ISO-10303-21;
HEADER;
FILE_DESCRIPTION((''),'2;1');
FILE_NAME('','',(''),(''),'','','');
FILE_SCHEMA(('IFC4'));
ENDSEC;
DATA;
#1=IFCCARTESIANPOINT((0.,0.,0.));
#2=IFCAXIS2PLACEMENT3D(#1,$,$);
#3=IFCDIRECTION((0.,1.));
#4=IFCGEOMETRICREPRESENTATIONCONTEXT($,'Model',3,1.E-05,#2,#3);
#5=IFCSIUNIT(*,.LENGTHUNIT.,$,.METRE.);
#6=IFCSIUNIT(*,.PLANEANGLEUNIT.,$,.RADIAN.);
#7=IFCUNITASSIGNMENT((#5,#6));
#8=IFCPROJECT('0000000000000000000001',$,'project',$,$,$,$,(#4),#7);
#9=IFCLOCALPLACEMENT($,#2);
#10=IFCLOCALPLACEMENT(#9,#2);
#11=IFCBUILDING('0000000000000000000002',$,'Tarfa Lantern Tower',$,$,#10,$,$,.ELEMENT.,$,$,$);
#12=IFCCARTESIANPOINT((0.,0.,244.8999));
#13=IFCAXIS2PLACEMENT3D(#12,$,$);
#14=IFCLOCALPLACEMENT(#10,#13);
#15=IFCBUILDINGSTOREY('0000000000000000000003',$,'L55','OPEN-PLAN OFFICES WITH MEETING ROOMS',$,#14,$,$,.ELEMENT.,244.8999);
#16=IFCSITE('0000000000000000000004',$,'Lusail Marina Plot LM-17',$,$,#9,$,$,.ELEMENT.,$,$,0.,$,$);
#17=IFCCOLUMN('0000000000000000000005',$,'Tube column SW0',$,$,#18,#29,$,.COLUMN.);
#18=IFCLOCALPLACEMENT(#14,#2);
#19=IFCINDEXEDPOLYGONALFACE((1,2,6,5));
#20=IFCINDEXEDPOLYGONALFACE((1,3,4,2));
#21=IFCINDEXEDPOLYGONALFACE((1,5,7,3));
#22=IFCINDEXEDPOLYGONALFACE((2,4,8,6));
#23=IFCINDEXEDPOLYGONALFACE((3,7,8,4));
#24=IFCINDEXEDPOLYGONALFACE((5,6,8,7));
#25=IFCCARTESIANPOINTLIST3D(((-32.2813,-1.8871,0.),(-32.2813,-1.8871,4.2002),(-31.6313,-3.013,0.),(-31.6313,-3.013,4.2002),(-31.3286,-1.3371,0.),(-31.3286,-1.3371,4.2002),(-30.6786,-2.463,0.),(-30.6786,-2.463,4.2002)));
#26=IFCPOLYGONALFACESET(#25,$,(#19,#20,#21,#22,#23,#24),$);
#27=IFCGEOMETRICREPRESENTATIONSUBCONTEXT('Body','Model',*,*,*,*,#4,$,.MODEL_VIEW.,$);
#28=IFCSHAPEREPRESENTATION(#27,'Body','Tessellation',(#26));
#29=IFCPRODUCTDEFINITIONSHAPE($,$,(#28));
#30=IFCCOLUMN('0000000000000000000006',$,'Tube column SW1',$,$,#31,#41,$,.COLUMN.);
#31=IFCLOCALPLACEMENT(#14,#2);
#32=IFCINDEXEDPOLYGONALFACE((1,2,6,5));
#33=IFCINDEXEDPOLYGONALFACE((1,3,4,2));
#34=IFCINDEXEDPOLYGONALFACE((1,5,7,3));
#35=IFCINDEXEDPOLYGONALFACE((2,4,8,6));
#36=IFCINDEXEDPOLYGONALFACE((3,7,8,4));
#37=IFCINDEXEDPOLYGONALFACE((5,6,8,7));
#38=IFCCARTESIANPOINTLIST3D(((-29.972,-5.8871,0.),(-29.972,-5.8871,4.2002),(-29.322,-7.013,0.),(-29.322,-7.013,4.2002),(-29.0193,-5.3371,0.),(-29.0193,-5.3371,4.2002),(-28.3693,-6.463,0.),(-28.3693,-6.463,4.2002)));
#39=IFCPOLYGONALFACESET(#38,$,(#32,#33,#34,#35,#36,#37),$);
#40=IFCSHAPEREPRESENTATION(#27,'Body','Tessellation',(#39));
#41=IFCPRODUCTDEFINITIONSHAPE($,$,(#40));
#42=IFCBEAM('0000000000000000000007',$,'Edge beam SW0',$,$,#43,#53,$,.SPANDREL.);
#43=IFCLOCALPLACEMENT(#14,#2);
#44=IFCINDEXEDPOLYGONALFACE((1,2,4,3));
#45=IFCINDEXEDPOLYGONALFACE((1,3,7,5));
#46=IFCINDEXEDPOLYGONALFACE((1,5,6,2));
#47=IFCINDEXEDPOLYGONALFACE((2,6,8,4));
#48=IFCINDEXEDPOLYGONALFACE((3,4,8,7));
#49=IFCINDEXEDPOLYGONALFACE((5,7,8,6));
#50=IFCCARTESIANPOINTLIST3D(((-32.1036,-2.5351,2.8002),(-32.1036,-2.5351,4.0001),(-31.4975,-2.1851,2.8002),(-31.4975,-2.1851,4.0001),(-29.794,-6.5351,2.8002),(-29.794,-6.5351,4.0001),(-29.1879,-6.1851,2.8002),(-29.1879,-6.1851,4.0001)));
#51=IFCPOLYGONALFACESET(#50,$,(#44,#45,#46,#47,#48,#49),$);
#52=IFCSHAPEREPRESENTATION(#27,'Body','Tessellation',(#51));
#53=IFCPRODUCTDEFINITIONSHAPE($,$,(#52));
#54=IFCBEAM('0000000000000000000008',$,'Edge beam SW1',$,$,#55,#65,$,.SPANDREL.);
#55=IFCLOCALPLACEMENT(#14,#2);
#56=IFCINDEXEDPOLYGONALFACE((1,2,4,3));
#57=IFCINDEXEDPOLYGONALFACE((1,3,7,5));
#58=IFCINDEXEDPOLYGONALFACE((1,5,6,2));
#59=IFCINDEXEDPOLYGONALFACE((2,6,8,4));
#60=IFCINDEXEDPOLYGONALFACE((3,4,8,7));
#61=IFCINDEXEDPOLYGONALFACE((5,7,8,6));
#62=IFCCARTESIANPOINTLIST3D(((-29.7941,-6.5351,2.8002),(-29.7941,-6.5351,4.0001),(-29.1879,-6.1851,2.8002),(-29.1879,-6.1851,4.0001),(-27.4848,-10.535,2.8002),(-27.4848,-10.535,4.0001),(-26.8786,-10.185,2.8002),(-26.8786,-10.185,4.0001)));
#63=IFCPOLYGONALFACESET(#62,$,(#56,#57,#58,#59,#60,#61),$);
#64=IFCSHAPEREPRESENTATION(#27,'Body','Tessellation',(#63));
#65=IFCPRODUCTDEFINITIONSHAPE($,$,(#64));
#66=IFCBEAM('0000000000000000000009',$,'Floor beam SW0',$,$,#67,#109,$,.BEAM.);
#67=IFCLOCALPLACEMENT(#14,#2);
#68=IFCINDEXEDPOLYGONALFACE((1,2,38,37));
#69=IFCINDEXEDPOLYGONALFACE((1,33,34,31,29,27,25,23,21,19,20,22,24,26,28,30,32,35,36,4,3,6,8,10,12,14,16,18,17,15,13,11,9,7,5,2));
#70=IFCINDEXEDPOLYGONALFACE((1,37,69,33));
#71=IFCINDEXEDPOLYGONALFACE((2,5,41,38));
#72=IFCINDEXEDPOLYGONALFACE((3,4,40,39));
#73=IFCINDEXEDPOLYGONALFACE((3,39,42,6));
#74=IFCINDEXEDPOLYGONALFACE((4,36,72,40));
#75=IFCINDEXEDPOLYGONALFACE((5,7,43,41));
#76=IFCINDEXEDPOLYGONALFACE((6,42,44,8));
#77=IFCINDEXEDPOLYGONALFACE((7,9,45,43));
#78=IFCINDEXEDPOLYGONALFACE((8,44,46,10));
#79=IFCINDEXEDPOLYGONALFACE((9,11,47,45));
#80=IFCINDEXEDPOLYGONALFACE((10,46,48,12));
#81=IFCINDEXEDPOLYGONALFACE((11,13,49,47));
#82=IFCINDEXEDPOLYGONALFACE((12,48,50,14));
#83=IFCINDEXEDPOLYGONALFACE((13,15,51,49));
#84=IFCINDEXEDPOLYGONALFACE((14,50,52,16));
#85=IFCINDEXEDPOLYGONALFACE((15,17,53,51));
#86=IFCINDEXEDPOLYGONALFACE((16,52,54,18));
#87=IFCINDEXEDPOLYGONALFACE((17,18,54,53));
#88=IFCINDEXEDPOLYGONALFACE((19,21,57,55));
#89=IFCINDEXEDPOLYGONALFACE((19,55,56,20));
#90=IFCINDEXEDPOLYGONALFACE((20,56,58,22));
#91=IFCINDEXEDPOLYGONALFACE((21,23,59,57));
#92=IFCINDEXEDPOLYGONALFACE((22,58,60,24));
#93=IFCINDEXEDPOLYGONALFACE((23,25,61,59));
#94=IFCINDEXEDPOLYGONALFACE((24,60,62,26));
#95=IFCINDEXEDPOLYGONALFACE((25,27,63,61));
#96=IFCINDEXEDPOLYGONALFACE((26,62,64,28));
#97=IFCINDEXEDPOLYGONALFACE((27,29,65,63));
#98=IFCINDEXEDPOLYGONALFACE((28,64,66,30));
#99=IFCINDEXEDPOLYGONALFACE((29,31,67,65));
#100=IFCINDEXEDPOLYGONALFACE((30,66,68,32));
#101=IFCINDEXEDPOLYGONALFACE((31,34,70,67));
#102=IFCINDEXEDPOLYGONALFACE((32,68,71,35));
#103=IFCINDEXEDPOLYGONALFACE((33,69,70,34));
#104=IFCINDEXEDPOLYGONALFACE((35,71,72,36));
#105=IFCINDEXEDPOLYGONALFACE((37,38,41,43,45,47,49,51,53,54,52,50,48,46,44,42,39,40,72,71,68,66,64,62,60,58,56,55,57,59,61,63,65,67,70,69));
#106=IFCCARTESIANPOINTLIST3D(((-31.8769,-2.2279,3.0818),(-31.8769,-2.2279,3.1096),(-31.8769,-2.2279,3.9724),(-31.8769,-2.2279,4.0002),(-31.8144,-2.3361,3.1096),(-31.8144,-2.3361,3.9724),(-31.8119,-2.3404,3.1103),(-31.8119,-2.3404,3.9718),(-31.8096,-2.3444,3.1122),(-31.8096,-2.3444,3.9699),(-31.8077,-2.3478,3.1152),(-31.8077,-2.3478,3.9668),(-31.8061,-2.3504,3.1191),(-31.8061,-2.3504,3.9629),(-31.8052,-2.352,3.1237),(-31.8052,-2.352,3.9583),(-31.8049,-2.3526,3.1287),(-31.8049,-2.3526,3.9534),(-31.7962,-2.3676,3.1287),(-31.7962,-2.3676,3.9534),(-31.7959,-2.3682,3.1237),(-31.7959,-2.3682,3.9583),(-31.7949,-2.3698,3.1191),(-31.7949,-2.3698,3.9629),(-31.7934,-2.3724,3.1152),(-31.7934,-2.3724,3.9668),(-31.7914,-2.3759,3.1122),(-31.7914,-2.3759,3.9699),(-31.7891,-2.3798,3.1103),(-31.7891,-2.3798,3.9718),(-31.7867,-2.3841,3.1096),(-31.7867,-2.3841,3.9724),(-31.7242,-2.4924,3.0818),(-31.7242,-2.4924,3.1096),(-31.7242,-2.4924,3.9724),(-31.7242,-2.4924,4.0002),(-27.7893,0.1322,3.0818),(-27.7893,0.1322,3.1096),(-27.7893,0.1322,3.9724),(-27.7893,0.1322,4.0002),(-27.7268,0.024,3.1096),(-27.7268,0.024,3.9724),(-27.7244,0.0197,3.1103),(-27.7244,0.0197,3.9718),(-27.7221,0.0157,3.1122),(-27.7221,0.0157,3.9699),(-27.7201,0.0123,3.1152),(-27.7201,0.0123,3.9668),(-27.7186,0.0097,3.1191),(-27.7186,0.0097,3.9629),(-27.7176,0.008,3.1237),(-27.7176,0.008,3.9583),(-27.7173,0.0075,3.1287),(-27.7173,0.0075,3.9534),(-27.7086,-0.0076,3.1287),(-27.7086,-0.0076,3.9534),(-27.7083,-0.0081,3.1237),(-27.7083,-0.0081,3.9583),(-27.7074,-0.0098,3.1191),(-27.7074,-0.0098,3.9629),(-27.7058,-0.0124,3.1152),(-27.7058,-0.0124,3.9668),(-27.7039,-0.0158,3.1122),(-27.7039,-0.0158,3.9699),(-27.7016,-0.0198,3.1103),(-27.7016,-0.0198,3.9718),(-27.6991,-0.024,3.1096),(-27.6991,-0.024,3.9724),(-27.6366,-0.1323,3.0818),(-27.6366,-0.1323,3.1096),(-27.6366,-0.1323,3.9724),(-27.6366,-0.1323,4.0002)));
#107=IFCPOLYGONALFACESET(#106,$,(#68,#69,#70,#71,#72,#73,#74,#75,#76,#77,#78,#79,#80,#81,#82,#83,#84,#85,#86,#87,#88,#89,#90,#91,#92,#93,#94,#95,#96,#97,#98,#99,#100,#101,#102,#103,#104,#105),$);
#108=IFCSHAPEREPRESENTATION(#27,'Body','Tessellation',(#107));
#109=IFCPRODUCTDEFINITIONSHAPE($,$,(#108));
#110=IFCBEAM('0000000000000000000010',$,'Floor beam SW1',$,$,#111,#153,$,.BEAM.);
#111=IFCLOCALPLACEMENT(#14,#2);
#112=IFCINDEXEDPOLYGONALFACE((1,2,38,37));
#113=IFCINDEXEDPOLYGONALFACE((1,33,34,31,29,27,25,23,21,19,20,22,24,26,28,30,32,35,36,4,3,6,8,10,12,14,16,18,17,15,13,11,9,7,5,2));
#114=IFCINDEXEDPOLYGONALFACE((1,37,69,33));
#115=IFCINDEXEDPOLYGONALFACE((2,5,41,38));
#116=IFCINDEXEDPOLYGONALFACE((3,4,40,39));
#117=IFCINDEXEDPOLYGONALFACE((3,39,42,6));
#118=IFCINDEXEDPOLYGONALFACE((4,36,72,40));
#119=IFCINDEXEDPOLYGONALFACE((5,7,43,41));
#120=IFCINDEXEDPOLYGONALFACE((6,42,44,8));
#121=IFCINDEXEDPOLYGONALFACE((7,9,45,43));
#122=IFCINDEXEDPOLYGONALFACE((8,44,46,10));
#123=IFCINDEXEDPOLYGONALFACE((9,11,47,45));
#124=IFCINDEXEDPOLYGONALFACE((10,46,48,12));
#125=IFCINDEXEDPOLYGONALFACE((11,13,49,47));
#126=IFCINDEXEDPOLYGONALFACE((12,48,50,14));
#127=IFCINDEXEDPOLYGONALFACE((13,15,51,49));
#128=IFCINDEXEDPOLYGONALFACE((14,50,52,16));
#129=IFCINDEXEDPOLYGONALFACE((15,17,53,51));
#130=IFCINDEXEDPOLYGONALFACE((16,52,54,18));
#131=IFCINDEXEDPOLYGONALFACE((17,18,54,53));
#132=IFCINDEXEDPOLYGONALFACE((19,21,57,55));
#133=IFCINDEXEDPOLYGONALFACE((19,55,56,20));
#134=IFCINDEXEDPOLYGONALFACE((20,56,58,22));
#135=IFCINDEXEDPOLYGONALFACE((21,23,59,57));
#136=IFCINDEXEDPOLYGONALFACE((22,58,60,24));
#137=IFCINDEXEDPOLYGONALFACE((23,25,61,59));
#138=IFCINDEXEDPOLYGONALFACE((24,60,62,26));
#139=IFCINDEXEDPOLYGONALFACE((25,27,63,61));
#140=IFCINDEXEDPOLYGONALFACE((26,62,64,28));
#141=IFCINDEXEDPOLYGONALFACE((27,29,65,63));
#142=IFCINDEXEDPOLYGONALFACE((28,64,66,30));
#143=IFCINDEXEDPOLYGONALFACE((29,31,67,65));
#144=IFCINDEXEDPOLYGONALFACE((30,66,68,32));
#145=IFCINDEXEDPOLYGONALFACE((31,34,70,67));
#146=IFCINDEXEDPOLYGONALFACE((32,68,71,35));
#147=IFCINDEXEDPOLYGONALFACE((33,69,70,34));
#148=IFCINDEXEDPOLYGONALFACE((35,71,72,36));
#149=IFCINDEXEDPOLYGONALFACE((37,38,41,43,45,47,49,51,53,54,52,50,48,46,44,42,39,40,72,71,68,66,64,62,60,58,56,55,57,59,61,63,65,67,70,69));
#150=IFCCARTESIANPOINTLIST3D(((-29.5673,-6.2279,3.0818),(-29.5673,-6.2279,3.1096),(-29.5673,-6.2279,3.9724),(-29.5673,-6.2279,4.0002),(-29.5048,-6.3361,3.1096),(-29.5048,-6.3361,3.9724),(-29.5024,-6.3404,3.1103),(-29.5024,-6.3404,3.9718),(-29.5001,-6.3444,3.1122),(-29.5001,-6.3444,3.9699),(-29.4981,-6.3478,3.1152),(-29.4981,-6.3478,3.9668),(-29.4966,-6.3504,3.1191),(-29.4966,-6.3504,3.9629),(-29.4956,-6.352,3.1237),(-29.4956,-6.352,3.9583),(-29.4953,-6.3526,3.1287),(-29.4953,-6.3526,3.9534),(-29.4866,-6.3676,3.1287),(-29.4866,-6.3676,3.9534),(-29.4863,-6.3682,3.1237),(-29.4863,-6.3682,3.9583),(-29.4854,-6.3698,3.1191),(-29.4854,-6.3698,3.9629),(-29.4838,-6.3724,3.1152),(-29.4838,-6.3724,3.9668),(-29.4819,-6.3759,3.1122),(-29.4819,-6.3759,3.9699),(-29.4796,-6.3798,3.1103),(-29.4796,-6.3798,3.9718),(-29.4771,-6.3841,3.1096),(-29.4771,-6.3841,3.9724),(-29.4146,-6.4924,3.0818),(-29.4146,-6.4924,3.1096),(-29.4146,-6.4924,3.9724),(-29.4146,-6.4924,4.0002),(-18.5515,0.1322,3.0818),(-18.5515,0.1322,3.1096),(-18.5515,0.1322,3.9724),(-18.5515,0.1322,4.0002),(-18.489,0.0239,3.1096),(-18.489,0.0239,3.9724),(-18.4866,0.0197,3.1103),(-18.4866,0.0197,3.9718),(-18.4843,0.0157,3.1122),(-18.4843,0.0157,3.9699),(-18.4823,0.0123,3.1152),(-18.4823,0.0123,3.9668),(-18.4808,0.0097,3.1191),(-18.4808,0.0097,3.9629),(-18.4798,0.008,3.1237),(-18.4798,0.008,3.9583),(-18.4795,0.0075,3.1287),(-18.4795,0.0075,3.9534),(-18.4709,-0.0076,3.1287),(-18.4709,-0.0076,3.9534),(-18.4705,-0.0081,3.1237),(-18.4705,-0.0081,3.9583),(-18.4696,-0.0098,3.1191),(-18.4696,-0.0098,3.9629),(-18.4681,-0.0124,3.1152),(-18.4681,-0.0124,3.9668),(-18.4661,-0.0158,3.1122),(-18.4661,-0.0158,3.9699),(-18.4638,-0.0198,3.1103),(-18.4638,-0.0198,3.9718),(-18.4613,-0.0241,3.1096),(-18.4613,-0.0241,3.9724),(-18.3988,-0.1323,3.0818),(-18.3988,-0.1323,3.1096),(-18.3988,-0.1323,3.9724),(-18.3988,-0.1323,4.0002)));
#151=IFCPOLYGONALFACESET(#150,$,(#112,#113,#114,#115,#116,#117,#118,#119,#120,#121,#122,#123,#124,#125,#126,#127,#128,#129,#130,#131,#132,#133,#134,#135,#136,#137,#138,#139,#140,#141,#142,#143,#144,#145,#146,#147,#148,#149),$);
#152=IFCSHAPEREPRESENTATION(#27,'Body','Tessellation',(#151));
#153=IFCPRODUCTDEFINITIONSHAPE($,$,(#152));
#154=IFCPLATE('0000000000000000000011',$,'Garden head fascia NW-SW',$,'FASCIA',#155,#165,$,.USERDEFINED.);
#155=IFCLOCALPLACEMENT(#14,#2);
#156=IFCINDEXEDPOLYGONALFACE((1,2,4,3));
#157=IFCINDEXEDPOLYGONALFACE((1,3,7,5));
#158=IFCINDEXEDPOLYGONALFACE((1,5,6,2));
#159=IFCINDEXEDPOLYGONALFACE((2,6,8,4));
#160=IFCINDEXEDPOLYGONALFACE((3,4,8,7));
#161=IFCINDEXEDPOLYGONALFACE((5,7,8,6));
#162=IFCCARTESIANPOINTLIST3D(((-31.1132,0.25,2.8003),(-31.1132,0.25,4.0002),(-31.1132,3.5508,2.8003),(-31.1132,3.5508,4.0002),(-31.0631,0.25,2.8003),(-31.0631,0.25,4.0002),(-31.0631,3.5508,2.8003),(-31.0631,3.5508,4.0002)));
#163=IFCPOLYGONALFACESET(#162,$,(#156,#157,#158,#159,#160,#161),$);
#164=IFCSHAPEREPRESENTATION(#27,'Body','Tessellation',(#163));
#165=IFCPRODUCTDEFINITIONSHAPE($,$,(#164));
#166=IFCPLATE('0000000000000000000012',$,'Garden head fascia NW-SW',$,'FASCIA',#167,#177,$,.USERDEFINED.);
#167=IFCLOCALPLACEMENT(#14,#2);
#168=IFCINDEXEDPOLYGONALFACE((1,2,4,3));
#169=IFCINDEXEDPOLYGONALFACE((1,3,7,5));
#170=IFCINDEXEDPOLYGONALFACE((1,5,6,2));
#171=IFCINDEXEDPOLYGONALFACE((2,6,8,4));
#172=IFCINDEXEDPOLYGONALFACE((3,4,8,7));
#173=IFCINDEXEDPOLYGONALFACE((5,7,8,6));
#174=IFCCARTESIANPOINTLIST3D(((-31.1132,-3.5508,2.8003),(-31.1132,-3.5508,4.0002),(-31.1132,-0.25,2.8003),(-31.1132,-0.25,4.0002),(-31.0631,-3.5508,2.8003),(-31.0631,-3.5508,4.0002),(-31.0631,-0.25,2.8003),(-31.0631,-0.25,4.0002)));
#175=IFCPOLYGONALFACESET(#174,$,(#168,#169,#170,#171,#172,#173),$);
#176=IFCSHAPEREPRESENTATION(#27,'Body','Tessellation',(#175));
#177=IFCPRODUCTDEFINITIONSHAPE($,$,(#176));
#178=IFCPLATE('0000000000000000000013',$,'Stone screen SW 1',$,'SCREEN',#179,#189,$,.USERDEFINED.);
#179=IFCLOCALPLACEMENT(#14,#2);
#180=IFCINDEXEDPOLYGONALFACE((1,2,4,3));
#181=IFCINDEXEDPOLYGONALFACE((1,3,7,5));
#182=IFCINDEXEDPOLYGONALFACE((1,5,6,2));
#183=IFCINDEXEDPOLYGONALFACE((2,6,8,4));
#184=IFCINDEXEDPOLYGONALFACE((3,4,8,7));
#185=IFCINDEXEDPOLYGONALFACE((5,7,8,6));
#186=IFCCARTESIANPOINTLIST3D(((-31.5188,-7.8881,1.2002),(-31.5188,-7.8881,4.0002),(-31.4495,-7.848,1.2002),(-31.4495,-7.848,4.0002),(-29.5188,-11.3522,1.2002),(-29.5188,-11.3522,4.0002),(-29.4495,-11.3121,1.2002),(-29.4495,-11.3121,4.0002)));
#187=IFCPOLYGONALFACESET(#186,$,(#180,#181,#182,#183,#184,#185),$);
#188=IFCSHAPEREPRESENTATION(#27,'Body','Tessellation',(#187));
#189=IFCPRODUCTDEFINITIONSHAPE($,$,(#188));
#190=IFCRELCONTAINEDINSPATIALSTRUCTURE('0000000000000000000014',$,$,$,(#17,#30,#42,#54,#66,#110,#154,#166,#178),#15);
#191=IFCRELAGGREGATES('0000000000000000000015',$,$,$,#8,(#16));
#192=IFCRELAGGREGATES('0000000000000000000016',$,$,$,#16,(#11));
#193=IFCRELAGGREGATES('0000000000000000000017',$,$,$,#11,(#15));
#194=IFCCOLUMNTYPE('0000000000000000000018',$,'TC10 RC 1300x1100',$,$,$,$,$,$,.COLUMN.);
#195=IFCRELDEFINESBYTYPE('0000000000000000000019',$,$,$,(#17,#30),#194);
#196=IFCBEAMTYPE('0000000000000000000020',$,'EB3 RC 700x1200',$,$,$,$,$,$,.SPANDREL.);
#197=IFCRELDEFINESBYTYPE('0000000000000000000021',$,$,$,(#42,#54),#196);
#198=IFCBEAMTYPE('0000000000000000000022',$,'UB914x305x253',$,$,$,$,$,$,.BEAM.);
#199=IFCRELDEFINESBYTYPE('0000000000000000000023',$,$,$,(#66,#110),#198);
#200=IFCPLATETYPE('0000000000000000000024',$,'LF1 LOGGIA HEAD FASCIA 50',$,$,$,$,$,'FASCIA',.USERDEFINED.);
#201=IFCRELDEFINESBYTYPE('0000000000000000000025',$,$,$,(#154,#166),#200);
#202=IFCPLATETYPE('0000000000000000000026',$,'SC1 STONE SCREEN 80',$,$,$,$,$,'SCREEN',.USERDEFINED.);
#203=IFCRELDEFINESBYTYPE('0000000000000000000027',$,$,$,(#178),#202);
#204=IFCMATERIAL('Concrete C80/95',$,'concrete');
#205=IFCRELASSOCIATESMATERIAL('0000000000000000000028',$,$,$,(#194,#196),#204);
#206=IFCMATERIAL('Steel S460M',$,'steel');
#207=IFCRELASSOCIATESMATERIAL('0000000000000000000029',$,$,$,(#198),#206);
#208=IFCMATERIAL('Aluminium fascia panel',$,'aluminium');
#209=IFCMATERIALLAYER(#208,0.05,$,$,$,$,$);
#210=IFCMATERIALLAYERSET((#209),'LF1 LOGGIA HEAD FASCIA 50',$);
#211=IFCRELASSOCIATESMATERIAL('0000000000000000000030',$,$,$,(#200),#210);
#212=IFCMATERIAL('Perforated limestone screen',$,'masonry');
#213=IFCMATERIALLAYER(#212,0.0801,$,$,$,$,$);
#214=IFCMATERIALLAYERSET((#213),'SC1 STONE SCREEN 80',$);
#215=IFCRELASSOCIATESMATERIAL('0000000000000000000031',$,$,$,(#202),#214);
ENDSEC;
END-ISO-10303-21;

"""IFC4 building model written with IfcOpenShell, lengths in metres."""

from ifc_helpers import new_model, si_unit, direction, frame, origin, origin_2d, place, context, subcontext, project, spatial, rectangle, i_section, extrude, material, layer, layer_set, material_profile, profile_set, type_object, element, save


model = new_model("IFC4")

# Units and contexts
model_context = context("Model", 3, precision=1e-05, world=origin(), true_north=direction((0.0, 1.0)))
body_context = subcontext(model_context, "Body", "Model", "MODEL_VIEW")
ifc_project = project(units=[si_unit("LENGTHUNIT", "METRE"), si_unit("PLANEANGLEUNIT", "RADIAN")], contexts=[model_context])

# Site, building, storey
site_placement = place(None, origin())
site = spatial("IfcSite", under=ifc_project, at=site_placement, Name="Lusail Marina Plot LM-17", CompositionType="ELEMENT", RefElevation=0.0)
building_placement = place(site_placement, origin())
building = spatial("IfcBuilding", under=site, at=building_placement, Name="Tarfa Lantern Tower", CompositionType="ELEMENT")
storey_placement = place(building_placement, frame((0.0, 0.0, 244.8999)))
storey = spatial("IfcBuildingStorey", under=building, at=storey_placement, Name="L55", Description="OPEN-PLAN OFFICES WITH MEETING ROOMS", CompositionType="ELEMENT", Elevation=244.8999)

# Columns
ifc_material_1 = material(Name="Concrete C80/95", Category="concrete")
ifc_material_profile_1 = material_profile(ifc_material_1, rectangle(XDim=1.3, YDim=1.1001, at=origin_2d()), Name="RC 1300x1100")
ifc_profile_set_1 = profile_set([ifc_material_profile_1], Name="Concrete C80/95")
column_type = type_object("IfcColumnType", Name="TC10 RC 1300x1100", PredefinedType="COLUMN", material=ifc_profile_set_1)
for number, where, z_axis, x_axis, name in (
    (1, (-31.48, -2.175, 0.0), (0.0, 0.0, 1.0), (0.5, -0.866025, 0.0), "Tube column SW0"),
    (2, (-29.1707, -6.175, 0.0), (0.0, 0.0, 1.0), (0.5, -0.866025, 0.0), "Tube column SW1"),
):
    element("IfcColumn", number, at=place(storey_placement, frame(where, z_axis=z_axis, x_axis=x_axis)), inside=storey, type_object=column_type, Name=name, PredefinedType="COLUMN", context=body_context, shape_type="SweptSolid", body=[
        extrude(rectangle(XDim=1.3, YDim=1.1001, at=origin_2d()), origin(), (0.0, 0.0, 1.0), 4.2002),
    ])

# Beams
ifc_material_profile_2 = material_profile(ifc_material_1, rectangle(XDim=0.7, YDim=1.2, at=origin_2d()), Name="RC 700x1200")
ifc_profile_set_2 = profile_set([ifc_material_profile_2], Name="Concrete C80/95")
beam_type_1 = type_object("IfcBeamType", Name="EB3 RC 700x1200", PredefinedType="SPANDREL", material=ifc_profile_set_2)
beam_1_placement = place(storey_placement, frame((-31.8005, -2.3601, 3.4001), z_axis=(0.500027, -0.86601, 0.0), x_axis=(0.86601, 0.500027, 0.0)))
element("IfcBeam", 3, at=beam_1_placement, inside=storey, type_object=beam_type_1, Name="Edge beam SW0", PredefinedType="SPANDREL", context=body_context, shape_type="SweptSolid", body=[
    extrude(rectangle(XDim=0.7, YDim=1.2, at=origin_2d()), origin(), (0.0, 0.0, 1.0), 4.6189),
])
beam_2_placement = place(storey_placement, frame((-29.491, -6.3601, 3.4001), z_axis=(0.499988, -0.866032, 0.0), x_axis=(0.866032, 0.499988, 0.0)))
element("IfcBeam", 4, at=beam_2_placement, inside=storey, type_object=beam_type_1, Name="Edge beam SW1", PredefinedType="SPANDREL", context=body_context, shape_type="SweptSolid", body=[
    extrude(rectangle(XDim=0.7, YDim=1.2, at=origin_2d()), origin(), (0.0, 0.0, 1.0), 4.6187),
])
ifc_material_2 = material(Name="Steel S460M", Category="steel")
ifc_material_profile_3 = material_profile(ifc_material_2, i_section(OverallWidth=0.3054, OverallDepth=0.9185, WebThickness=0.0173, FlangeThickness=0.0278, FilletRadius=0.019, at=origin_2d()), Name="UB914x305x253")
ifc_profile_set_3 = profile_set([ifc_material_profile_3], Name="Steel S460M")
beam_type_2 = type_object("IfcBeamType", Name="UB914x305x253", PredefinedType="BEAM", material=ifc_profile_set_3)
beam_3_placement = place(storey_placement, frame((-31.8005, -2.3601, 3.541), z_axis=(0.866016, 0.500016, 0.0), x_axis=(-0.500016, 0.866016, 0.0)))
element("IfcBeam", 5, at=beam_3_placement, inside=storey, type_object=beam_type_2, Name="Floor beam SW0", PredefinedType="BEAM", context=body_context, shape_type="SweptSolid", body=[
    extrude(i_section(OverallWidth=0.3054, OverallDepth=0.9185, WebThickness=0.0173, FlangeThickness=0.0278, FilletRadius=0.019, at=origin_2d()), origin(), (0.0, 0.0, 1.0), 4.72),
])
beam_4_placement = place(storey_placement, frame((-29.491, -6.3601, 3.541), z_axis=(0.866022, 0.500005, 0.0), x_axis=(-0.500005, 0.866022, 0.0)))
element("IfcBeam", 6, at=beam_4_placement, inside=storey, type_object=beam_type_2, Name="Floor beam SW1", PredefinedType="BEAM", context=body_context, shape_type="SweptSolid", body=[
    extrude(i_section(OverallWidth=0.3054, OverallDepth=0.9185, WebThickness=0.0173, FlangeThickness=0.0278, FilletRadius=0.019, at=origin_2d()), origin(), (0.0, 0.0, 1.0), 12.72),
])

# Plates
ifc_material_3 = material(Name="Aluminium fascia panel", Category="aluminium")
ifc_layer_1 = layer(ifc_material_3, 0.05)
ifc_layer_set_1 = layer_set([ifc_layer_1], Name="LF1 LOGGIA HEAD FASCIA 50")
plate_type_1 = type_object("IfcPlateType", Name="LF1 LOGGIA HEAD FASCIA 50", ElementType="FASCIA", PredefinedType="USERDEFINED", material=ifc_layer_set_1)
for number, where, z_axis, x_axis, name in (
    (7, (-31.0881, 1.9004, 2.8003), (0.0, 0.0, 1.0), (0.0, -1.0, 0.0), "Garden head fascia NW-SW"),
    (8, (-31.0881, -1.9004, 2.8003), (0.0, 0.0, 1.0), (0.0, -1.0, 0.0), "Garden head fascia NW-SW"),
):
    element("IfcPlate", number, at=place(storey_placement, frame(where, z_axis=z_axis, x_axis=x_axis)), inside=storey, type_object=plate_type_1, Name=name, ObjectType="FASCIA", PredefinedType="USERDEFINED", context=body_context, shape_type="SweptSolid", body=[
        extrude(rectangle(XDim=3.3008, YDim=0.05, at=origin_2d()), origin(), (0.0, 0.0, 1.0), 1.2),
    ])
ifc_material_4 = material(Name="Perforated limestone screen", Category="masonry")
ifc_layer_2 = layer(ifc_material_4, 0.0801)
ifc_layer_set_2 = layer_set([ifc_layer_2], Name="SC1 STONE SCREEN 80")
plate_type_2 = type_object("IfcPlateType", Name="SC1 STONE SCREEN 80", ElementType="SCREEN", PredefinedType="USERDEFINED", material=ifc_layer_set_2)
plate_placement = place(storey_placement, frame((-30.4841, -9.6001, 1.2002), z_axis=(0.0, 0.0, 1.0), x_axis=(0.5, -0.866025, 0.0)))
element("IfcPlate", 9, at=plate_placement, inside=storey, type_object=plate_type_2, Name="Stone screen SW 1", ObjectType="SCREEN", PredefinedType="USERDEFINED", context=body_context, shape_type="SweptSolid", body=[
    extrude(rectangle(XDim=4.0, YDim=0.0801, at=origin_2d()), origin(), (0.0, 0.0, 1.0), 2.8),
])

save(model, "model.ifc")
